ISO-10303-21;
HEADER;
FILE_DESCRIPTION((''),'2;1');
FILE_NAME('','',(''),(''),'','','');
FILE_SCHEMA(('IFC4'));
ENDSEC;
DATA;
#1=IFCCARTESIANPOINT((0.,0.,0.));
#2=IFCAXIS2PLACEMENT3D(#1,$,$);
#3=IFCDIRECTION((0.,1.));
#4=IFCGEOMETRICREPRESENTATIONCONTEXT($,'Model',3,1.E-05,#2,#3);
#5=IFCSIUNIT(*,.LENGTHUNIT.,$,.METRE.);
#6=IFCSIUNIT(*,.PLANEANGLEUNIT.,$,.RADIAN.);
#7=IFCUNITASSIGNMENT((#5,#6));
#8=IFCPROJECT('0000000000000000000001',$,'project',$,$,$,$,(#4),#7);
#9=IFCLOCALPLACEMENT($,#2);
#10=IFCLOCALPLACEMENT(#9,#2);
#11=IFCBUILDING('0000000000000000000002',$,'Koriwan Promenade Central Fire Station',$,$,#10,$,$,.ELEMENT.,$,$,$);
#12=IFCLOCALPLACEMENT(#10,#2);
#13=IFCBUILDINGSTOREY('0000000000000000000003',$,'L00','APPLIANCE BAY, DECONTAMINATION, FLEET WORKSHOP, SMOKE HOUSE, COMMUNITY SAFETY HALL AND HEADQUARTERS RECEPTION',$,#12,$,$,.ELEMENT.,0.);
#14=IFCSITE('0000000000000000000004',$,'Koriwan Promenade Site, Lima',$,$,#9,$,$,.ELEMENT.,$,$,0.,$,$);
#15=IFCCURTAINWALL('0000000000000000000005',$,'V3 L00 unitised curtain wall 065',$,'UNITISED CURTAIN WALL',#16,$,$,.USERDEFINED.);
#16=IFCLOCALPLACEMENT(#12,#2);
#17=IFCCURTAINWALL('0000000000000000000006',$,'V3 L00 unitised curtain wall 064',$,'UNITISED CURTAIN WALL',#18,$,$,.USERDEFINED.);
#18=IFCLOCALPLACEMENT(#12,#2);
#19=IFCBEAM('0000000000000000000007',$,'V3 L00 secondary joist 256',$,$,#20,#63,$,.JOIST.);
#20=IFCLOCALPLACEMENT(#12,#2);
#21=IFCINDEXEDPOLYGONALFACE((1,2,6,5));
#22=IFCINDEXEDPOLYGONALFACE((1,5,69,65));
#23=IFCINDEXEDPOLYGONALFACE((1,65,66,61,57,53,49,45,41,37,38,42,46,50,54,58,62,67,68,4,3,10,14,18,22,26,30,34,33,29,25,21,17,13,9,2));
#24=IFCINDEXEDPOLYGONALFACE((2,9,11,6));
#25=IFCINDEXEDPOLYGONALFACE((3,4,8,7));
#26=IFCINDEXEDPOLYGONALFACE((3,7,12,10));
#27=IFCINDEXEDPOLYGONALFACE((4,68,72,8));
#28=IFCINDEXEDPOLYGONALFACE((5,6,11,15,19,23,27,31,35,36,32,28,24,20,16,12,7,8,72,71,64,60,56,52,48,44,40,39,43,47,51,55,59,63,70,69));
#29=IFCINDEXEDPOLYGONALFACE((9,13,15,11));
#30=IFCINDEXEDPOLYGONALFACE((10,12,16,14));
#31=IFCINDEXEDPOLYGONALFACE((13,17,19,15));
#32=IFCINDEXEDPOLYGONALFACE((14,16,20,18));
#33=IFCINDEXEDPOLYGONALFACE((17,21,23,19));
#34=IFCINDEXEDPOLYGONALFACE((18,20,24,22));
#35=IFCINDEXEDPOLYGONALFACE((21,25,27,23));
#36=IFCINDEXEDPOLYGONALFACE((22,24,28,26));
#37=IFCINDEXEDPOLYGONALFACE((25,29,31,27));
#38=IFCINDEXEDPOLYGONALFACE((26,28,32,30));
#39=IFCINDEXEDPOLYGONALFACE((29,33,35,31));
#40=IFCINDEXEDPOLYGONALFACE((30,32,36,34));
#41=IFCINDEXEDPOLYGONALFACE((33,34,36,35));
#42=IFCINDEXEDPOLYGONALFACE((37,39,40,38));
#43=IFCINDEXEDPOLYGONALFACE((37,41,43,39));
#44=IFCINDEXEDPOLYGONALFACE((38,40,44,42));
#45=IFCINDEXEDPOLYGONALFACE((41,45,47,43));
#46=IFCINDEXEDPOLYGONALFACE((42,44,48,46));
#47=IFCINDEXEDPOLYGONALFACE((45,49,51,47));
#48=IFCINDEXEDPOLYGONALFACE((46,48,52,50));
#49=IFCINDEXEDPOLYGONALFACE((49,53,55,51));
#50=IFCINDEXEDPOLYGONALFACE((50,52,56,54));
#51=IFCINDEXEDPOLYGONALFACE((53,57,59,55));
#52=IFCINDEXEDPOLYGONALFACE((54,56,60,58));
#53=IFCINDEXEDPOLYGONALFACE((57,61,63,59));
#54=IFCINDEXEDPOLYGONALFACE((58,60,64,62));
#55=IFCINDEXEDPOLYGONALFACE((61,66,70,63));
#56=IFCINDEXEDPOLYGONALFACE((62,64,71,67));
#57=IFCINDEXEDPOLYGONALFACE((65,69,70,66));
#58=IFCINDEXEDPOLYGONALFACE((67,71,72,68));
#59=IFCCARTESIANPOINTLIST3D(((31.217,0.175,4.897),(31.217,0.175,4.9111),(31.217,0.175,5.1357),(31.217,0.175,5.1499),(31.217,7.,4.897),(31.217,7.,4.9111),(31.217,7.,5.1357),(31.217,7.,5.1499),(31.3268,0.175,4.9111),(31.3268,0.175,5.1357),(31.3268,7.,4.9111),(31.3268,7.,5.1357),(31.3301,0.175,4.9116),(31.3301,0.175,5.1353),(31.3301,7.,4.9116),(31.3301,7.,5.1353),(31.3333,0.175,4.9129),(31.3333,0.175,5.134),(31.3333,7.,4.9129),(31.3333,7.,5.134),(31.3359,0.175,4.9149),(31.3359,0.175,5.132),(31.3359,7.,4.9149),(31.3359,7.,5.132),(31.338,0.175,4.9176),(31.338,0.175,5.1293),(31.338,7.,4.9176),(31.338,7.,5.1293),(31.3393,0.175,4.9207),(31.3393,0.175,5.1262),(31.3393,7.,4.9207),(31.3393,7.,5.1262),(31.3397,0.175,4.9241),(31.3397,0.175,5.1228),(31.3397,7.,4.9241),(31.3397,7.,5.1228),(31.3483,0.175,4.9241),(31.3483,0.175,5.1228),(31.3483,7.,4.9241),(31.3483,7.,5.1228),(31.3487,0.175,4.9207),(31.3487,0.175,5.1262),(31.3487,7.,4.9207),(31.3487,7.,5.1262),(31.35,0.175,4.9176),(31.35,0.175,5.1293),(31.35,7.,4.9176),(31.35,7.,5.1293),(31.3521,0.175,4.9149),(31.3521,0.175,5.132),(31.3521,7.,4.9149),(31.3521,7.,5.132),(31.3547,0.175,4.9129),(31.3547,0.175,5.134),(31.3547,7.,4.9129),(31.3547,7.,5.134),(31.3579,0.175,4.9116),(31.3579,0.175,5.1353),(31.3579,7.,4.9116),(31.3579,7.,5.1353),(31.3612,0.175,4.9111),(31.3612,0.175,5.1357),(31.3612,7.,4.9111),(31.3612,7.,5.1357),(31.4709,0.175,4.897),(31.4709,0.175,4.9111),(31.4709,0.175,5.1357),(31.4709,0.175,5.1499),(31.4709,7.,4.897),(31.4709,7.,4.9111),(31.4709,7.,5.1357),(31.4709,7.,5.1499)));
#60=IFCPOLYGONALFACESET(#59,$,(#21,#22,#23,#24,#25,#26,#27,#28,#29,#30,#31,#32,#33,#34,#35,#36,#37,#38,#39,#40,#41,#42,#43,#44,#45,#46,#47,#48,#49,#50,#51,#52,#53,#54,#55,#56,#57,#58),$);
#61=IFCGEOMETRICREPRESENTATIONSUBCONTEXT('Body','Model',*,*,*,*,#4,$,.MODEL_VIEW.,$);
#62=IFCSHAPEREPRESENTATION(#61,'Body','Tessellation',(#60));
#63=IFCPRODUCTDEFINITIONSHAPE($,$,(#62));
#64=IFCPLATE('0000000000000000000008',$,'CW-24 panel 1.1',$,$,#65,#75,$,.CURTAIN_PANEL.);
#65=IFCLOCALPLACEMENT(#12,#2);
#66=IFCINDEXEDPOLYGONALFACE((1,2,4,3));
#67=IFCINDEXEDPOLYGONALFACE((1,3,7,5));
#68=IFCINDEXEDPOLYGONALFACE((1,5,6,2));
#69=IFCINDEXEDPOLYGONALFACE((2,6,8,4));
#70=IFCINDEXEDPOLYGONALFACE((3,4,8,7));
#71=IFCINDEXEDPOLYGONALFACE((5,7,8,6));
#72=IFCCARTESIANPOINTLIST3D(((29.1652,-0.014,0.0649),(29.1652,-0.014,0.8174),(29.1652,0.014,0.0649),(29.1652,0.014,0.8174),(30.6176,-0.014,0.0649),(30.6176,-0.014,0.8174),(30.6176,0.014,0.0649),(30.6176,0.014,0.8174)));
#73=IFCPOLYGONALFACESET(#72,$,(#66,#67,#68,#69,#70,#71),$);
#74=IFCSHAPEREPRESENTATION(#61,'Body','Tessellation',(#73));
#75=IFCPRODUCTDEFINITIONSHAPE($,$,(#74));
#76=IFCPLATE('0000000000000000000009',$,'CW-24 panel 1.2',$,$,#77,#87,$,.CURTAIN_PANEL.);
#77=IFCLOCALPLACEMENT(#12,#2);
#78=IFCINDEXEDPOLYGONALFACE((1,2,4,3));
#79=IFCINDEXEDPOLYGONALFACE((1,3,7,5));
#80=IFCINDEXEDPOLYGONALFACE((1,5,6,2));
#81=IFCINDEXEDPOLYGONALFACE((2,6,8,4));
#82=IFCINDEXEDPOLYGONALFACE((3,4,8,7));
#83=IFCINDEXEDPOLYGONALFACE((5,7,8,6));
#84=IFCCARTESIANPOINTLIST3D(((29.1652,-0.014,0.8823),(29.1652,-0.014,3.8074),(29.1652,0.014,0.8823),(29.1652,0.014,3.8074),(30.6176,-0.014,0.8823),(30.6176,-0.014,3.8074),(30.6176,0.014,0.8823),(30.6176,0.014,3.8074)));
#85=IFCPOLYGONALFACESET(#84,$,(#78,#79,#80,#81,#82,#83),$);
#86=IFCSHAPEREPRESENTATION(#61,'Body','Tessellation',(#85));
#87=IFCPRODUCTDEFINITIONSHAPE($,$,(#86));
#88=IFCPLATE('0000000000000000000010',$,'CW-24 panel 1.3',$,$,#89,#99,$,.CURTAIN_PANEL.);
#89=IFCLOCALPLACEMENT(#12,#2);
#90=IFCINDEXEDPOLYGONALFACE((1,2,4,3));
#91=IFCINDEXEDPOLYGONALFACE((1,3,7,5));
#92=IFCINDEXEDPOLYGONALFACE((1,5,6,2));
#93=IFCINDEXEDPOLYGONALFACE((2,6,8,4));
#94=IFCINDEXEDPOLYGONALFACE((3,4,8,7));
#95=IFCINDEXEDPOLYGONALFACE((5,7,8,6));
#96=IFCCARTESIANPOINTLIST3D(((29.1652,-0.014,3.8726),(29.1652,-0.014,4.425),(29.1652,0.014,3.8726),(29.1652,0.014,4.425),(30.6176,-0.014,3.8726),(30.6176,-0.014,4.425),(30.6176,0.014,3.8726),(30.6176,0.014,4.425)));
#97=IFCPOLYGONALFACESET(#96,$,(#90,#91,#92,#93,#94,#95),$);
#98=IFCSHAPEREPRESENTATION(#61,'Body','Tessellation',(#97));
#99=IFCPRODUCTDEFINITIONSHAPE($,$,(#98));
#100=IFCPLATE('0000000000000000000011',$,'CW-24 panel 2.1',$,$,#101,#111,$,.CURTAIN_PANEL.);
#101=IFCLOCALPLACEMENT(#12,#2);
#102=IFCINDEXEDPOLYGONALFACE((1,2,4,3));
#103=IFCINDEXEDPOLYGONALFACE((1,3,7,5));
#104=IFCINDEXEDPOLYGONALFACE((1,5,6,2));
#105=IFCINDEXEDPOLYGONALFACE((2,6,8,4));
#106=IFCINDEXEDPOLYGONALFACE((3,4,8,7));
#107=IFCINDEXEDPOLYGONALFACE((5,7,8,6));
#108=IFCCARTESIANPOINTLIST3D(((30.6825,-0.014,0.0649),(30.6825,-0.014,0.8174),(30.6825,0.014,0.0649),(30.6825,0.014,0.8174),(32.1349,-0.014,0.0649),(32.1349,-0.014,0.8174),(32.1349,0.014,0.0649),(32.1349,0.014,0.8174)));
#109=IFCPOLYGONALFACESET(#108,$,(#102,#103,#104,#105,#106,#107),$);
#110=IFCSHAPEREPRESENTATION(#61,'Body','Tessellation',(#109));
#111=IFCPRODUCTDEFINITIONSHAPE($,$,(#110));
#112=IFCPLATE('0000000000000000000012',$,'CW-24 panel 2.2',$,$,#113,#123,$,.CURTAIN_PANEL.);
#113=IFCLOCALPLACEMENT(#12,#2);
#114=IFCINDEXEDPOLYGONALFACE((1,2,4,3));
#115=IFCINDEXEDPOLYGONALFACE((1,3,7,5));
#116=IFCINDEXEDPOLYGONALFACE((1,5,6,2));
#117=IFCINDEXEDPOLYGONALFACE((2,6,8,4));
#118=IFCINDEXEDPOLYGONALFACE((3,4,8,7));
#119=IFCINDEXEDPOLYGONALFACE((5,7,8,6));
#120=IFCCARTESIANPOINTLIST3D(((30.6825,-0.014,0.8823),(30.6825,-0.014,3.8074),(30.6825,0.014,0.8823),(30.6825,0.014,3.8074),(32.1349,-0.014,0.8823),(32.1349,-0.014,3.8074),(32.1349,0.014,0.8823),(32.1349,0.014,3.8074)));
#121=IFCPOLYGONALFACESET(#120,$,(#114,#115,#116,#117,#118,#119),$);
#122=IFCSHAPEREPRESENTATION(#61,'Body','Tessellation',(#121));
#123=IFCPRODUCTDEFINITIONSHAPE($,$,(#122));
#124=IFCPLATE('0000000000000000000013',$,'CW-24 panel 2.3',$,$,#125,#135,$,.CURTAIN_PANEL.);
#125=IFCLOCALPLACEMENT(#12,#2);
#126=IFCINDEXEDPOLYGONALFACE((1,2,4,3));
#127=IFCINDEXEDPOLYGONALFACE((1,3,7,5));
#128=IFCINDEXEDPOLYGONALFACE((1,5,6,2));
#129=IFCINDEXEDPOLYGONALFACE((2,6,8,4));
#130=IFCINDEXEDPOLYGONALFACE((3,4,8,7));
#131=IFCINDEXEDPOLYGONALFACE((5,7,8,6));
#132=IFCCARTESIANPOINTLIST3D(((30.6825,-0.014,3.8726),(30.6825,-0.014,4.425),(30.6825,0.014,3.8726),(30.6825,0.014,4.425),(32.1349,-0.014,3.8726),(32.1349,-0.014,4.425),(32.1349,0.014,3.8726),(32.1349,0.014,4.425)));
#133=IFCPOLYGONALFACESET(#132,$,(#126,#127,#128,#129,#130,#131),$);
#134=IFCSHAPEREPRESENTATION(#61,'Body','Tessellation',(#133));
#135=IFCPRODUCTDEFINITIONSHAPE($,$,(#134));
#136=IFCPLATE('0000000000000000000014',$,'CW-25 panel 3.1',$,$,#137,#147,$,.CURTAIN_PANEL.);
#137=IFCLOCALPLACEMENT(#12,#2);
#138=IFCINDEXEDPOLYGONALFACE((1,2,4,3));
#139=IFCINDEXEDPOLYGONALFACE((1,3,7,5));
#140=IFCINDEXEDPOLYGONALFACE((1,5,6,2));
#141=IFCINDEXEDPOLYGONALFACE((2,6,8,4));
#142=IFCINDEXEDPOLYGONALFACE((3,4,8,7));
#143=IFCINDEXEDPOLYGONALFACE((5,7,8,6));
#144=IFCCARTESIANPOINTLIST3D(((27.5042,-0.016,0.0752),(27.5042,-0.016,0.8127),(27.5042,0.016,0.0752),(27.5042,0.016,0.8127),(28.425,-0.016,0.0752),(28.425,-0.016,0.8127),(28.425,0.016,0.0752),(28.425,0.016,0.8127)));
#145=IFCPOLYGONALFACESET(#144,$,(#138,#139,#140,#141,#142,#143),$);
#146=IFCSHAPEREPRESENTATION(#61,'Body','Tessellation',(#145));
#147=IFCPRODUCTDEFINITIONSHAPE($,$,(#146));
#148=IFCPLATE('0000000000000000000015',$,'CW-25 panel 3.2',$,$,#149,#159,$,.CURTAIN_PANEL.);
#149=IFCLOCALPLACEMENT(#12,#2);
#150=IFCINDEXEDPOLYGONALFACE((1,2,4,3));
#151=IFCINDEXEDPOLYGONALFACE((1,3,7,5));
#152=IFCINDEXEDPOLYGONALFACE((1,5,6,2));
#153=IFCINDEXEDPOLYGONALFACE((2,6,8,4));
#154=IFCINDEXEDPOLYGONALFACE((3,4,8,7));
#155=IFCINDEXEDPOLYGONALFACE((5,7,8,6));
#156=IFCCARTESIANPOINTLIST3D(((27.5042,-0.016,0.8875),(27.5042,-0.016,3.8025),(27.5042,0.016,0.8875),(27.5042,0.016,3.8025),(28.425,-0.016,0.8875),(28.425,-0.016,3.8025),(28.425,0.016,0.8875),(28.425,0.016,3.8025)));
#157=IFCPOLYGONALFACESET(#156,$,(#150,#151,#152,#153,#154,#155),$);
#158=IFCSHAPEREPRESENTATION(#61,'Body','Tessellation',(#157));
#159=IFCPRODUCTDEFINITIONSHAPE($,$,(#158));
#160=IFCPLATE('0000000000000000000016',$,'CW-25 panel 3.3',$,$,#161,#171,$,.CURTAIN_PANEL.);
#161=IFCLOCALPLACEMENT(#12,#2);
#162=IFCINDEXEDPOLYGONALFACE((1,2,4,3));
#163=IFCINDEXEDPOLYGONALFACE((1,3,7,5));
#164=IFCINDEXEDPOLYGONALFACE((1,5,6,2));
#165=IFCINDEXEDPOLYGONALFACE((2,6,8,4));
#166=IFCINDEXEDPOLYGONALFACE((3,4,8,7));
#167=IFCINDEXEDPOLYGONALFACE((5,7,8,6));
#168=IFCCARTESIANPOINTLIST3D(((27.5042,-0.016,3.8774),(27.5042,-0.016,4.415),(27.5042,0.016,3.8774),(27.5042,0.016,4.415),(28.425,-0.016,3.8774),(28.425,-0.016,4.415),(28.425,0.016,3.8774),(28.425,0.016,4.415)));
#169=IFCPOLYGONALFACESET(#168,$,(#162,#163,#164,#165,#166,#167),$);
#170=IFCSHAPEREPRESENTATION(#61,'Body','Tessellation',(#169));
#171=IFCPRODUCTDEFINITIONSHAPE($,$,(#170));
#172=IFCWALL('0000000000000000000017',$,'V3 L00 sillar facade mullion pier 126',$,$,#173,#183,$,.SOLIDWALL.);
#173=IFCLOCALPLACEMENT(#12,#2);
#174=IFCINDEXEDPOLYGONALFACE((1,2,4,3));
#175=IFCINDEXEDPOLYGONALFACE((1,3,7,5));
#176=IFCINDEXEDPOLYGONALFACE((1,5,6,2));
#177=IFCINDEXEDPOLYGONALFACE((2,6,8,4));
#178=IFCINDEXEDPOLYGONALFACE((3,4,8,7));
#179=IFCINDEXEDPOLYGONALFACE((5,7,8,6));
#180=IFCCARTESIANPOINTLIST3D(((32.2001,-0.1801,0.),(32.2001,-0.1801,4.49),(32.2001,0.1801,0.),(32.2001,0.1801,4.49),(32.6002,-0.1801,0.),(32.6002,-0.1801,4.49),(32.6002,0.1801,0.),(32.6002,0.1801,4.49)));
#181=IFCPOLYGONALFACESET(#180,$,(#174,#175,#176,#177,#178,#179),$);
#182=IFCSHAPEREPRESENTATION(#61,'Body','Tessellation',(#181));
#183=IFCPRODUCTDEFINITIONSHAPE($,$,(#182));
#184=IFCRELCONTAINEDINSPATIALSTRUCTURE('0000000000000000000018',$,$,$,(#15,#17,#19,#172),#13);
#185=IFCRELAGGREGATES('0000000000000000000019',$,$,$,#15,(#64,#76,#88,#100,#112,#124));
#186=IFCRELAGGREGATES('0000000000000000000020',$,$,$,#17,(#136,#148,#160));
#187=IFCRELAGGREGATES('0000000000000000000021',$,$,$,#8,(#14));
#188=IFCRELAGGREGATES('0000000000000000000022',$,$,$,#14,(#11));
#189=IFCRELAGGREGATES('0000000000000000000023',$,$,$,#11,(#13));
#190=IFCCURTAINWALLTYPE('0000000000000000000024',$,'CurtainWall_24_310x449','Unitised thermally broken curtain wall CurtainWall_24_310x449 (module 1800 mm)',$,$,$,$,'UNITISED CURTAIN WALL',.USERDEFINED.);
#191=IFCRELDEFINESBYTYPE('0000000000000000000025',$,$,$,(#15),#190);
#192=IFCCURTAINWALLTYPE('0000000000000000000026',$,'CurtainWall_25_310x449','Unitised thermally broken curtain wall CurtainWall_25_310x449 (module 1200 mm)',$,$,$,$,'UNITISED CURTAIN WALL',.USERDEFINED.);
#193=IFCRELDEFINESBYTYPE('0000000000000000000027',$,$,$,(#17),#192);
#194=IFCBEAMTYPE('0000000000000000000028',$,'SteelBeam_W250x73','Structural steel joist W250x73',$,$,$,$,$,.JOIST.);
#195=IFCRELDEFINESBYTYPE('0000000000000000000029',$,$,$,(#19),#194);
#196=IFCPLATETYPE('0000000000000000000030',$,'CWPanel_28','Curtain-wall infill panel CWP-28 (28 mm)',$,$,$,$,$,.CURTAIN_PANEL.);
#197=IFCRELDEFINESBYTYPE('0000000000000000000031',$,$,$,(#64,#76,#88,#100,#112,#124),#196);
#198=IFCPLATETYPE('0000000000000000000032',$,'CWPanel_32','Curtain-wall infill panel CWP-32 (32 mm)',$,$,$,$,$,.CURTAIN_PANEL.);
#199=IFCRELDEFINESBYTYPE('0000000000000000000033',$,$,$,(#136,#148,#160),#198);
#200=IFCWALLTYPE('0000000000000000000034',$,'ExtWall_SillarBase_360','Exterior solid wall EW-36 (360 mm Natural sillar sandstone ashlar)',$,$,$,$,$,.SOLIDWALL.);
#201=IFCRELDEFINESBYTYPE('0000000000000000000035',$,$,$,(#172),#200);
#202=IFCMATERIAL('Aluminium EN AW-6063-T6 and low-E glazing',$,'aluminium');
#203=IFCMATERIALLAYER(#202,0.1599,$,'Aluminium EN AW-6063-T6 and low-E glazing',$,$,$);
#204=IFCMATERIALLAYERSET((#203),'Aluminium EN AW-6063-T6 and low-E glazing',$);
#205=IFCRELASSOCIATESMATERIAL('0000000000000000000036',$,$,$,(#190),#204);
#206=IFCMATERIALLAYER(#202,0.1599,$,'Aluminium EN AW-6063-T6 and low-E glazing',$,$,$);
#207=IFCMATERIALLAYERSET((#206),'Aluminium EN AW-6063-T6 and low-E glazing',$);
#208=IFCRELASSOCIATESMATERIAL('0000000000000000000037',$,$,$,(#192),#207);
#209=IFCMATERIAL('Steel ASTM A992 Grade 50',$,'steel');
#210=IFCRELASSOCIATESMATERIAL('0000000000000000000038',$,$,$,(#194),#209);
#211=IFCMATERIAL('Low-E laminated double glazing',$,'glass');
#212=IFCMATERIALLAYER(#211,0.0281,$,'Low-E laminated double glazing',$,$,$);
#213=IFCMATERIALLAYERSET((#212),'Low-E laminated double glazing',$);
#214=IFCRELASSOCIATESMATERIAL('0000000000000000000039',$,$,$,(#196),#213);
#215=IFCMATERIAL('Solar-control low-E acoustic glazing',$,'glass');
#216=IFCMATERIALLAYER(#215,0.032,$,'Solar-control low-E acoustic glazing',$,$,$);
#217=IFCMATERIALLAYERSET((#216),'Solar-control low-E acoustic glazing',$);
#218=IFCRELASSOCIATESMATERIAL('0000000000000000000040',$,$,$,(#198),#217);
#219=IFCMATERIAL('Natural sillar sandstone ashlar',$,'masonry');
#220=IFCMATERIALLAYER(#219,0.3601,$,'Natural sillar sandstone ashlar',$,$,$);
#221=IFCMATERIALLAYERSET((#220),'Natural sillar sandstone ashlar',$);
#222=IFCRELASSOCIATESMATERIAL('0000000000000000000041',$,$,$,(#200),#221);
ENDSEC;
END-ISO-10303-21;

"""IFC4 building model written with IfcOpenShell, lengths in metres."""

from ifc_helpers import new_model, si_unit, direction, frame, frame_2d, origin, origin_2d, place, context, subcontext, project, spatial, rectangle, i_section, extrude, material, layer, layer_set, material_profile, profile_set, type_object, element, aggregate, save


model = new_model("IFC4")

# Units and contexts
model_context = context("Model", 3, precision=1e-05, world=origin(), true_north=direction((0.0, 1.0)))
body_context = subcontext(model_context, "Body", "Model", "MODEL_VIEW")
ifc_project = project(units=[si_unit("LENGTHUNIT", "METRE"), si_unit("PLANEANGLEUNIT", "RADIAN")], contexts=[model_context])

# Site, building, storey
site_placement = place(None, origin())
site = spatial("IfcSite", under=ifc_project, at=site_placement, Name="Koriwan Promenade Site, Lima", CompositionType="ELEMENT", RefElevation=0.0)
building_placement = place(site_placement, origin())
building = spatial("IfcBuilding", under=site, at=building_placement, Name="Koriwan Promenade Central Fire Station", CompositionType="ELEMENT")
storey_placement = place(building_placement, origin())
storey = spatial("IfcBuildingStorey", under=building, at=storey_placement, Name="L00", Description="APPLIANCE BAY, DECONTAMINATION, FLEET WORKSHOP, SMOKE HOUSE, COMMUNITY SAFETY HALL AND HEADQUARTERS RECEPTION", CompositionType="ELEMENT", Elevation=0.0)

# Curtain wall
ifc_material_1 = material(Name="Aluminium EN AW-6063-T6 and low-E glazing", Category="aluminium")
ifc_layer_1 = layer(ifc_material_1, 0.1599, Name="Aluminium EN AW-6063-T6 and low-E glazing")
ifc_layer_set_1 = layer_set([ifc_layer_1], Name="Aluminium EN AW-6063-T6 and low-E glazing")
curtain_wall_type_1 = type_object("IfcCurtainWallType", Name="CurtainWall_24_310x449", Description="Unitised thermally broken curtain wall CurtainWall_24_310x449 (module 1800 mm)", ElementType="UNITISED CURTAIN WALL", PredefinedType="USERDEFINED", material=ifc_layer_set_1)
curtain_wall_1_placement = place(storey_placement, origin())
curtain_wall_1 = element("IfcCurtainWall", 1, at=curtain_wall_1_placement, inside=storey, type_object=curtain_wall_type_1, Name="V3 L00 unitised curtain wall 065", ObjectType="UNITISED CURTAIN WALL", PredefinedType="USERDEFINED")

# Curtain wall
ifc_layer_2 = layer(ifc_material_1, 0.1599, Name="Aluminium EN AW-6063-T6 and low-E glazing")
ifc_layer_set_2 = layer_set([ifc_layer_2], Name="Aluminium EN AW-6063-T6 and low-E glazing")
curtain_wall_type_2 = type_object("IfcCurtainWallType", Name="CurtainWall_25_310x449", Description="Unitised thermally broken curtain wall CurtainWall_25_310x449 (module 1200 mm)", ElementType="UNITISED CURTAIN WALL", PredefinedType="USERDEFINED", material=ifc_layer_set_2)
curtain_wall_2_placement = place(storey_placement, origin())
curtain_wall_2 = element("IfcCurtainWall", 2, at=curtain_wall_2_placement, inside=storey, type_object=curtain_wall_type_2, Name="V3 L00 unitised curtain wall 064", ObjectType="UNITISED CURTAIN WALL", PredefinedType="USERDEFINED")

# Beam
ifc_material_2 = material(Name="Steel ASTM A992 Grade 50", Category="steel")
ifc_material_profile_1 = material_profile(ifc_material_2, i_section(OverallWidth=0.2539, OverallDepth=0.2529, WebThickness=0.0085, FlangeThickness=0.0142, FilletRadius=0.0129, at=origin_2d()), Name="W250x73")
ifc_profile_set_1 = profile_set([ifc_material_profile_1], Name="Steel ASTM A992 Grade 50")
beam_type_1 = type_object("IfcBeamType", Name="SteelBeam_W250x73", Description="Structural steel joist W250x73", PredefinedType="JOIST", material=ifc_profile_set_1)
beam_1_placement = place(storey_placement, frame((31.344, 0.175, 5.0234), z_axis=(0.0, 1.0, 0.0), x_axis=(-1.0, 0.0, 0.0)))
element("IfcBeam", 3, at=beam_1_placement, inside=storey, type_object=beam_type_1, Name="V3 L00 secondary joist 256", PredefinedType="JOIST", context=body_context, shape_type="SweptSolid", body=[
    extrude(i_section(OverallWidth=0.2539, OverallDepth=0.2529, WebThickness=0.0085, FlangeThickness=0.0142, FilletRadius=0.0129, at=origin_2d()), origin(), (0.0, 0.0, 1.0), 6.825),
])

# Plates
ifc_material_3 = material(Name="Low-E laminated double glazing", Category="glass")
ifc_layer_3 = layer(ifc_material_3, 0.0281, Name="Low-E laminated double glazing")
ifc_layer_set_3 = layer_set([ifc_layer_3], Name="Low-E laminated double glazing")
plate_type_1 = type_object("IfcPlateType", Name="CWPanel_28", Description="Curtain-wall infill panel CWP-28 (28 mm)", PredefinedType="CURTAIN_PANEL", material=ifc_layer_set_3)
plate_1_placement = place(storey_placement, frame((29.8914, 0.0, 0.0649), z_axis=(0.0, 0.0, 1.0), x_axis=(1.0, 0.0, 0.0)))
plate_1 = element("IfcPlate", 4, at=plate_1_placement, type_object=plate_type_1, Name="CW-24 panel 1.1", PredefinedType="CURTAIN_PANEL", context=body_context, shape_type="SweptSolid", body=[
    extrude(rectangle(XDim=1.4524, YDim=0.0281, at=origin_2d()), origin(), (0.0, 0.0, 1.0), 0.7524),
])
plate_2_placement = place(storey_placement, frame((29.8914, 0.0, 0.8823), z_axis=(0.0, 0.0, 1.0), x_axis=(1.0, 0.0, 0.0)))
plate_2 = element("IfcPlate", 5, at=plate_2_placement, type_object=plate_type_1, Name="CW-24 panel 1.2", PredefinedType="CURTAIN_PANEL", context=body_context, shape_type="SweptSolid", body=[
    extrude(rectangle(XDim=1.4524, YDim=0.0281, at=origin_2d()), origin(), (0.0, 0.0, 1.0), 2.925),
])
plate_3_placement = place(storey_placement, frame((29.8914, 0.0, 3.8726), z_axis=(0.0, 0.0, 1.0), x_axis=(1.0, 0.0, 0.0)))
plate_3 = element("IfcPlate", 6, at=plate_3_placement, type_object=plate_type_1, Name="CW-24 panel 1.3", PredefinedType="CURTAIN_PANEL", context=body_context, shape_type="SweptSolid", body=[
    extrude(rectangle(XDim=1.4524, YDim=0.0281, at=origin_2d()), origin(), (0.0, 0.0, 1.0), 0.5525),
])
plate_4_placement = place(storey_placement, frame((31.4087, 0.0, 0.0649), z_axis=(0.0, 0.0, 1.0), x_axis=(1.0, 0.0, 0.0)))
plate_4 = element("IfcPlate", 7, at=plate_4_placement, type_object=plate_type_1, Name="CW-24 panel 2.1", PredefinedType="CURTAIN_PANEL", context=body_context, shape_type="SweptSolid", body=[
    extrude(rectangle(XDim=1.4524, YDim=0.0281, at=origin_2d()), origin(), (0.0, 0.0, 1.0), 0.7524),
])
plate_5_placement = place(storey_placement, frame((31.4087, 0.0, 0.8823), z_axis=(0.0, 0.0, 1.0), x_axis=(1.0, 0.0, 0.0)))
plate_5 = element("IfcPlate", 8, at=plate_5_placement, type_object=plate_type_1, Name="CW-24 panel 2.2", PredefinedType="CURTAIN_PANEL", context=body_context, shape_type="SweptSolid", body=[
    extrude(rectangle(XDim=1.4524, YDim=0.0281, at=origin_2d()), origin(), (0.0, 0.0, 1.0), 2.925),
])
plate_6_placement = place(storey_placement, frame((31.4087, 0.0, 3.8726), z_axis=(0.0, 0.0, 1.0), x_axis=(1.0, 0.0, 0.0)))
plate_6 = element("IfcPlate", 9, at=plate_6_placement, type_object=plate_type_1, Name="CW-24 panel 2.3", PredefinedType="CURTAIN_PANEL", context=body_context, shape_type="SweptSolid", body=[
    extrude(rectangle(XDim=1.4524, YDim=0.0281, at=origin_2d()), origin(), (0.0, 0.0, 1.0), 0.5525),
])
aggregate(curtain_wall_1, [plate_1, plate_2, plate_3, plate_4, plate_5, plate_6])
ifc_material_4 = material(Name="Solar-control low-E acoustic glazing", Category="glass")
ifc_layer_4 = layer(ifc_material_4, 0.032, Name="Solar-control low-E acoustic glazing")
ifc_layer_set_4 = layer_set([ifc_layer_4], Name="Solar-control low-E acoustic glazing")
plate_type_2 = type_object("IfcPlateType", Name="CWPanel_32", Description="Curtain-wall infill panel CWP-32 (32 mm)", PredefinedType="CURTAIN_PANEL", material=ifc_layer_set_4)
plate_7_placement = place(storey_placement, frame((27.9646, 0.0, 0.0752), z_axis=(0.0, 0.0, 1.0), x_axis=(1.0, 0.0, 0.0)))
plate_7 = element("IfcPlate", 10, at=plate_7_placement, type_object=plate_type_2, Name="CW-25 panel 3.1", PredefinedType="CURTAIN_PANEL", context=body_context, shape_type="SweptSolid", body=[
    extrude(rectangle(XDim=0.9209, YDim=0.032, at=origin_2d()), origin(), (0.0, 0.0, 1.0), 0.7375),
])
plate_8_placement = place(storey_placement, frame((27.9646, 0.0, 0.8875), z_axis=(0.0, 0.0, 1.0), x_axis=(1.0, 0.0, 0.0)))
plate_8 = element("IfcPlate", 11, at=plate_8_placement, type_object=plate_type_2, Name="CW-25 panel 3.2", PredefinedType="CURTAIN_PANEL", context=body_context, shape_type="SweptSolid", body=[
    extrude(rectangle(XDim=0.9209, YDim=0.032, at=origin_2d()), origin(), (0.0, 0.0, 1.0), 2.915),
])
plate_9_placement = place(storey_placement, frame((27.9646, 0.0, 3.8774), z_axis=(0.0, 0.0, 1.0), x_axis=(1.0, 0.0, 0.0)))
plate_9 = element("IfcPlate", 12, at=plate_9_placement, type_object=plate_type_2, Name="CW-25 panel 3.3", PredefinedType="CURTAIN_PANEL", context=body_context, shape_type="SweptSolid", body=[
    extrude(rectangle(XDim=0.9209, YDim=0.032, at=origin_2d()), origin(), (0.0, 0.0, 1.0), 0.5376),
])
aggregate(curtain_wall_2, [plate_7, plate_8, plate_9])

# Wall
ifc_material_5 = material(Name="Natural sillar sandstone ashlar", Category="masonry")
ifc_layer_5 = layer(ifc_material_5, 0.3601, Name="Natural sillar sandstone ashlar")
ifc_layer_set_5 = layer_set([ifc_layer_5], Name="Natural sillar sandstone ashlar")
wall_type_1 = type_object("IfcWallType", Name="ExtWall_SillarBase_360", Description="Exterior solid wall EW-36 (360 mm Natural sillar sandstone ashlar)", PredefinedType="SOLIDWALL", material=ifc_layer_set_5)
wall_1_placement = place(storey_placement, frame((32.2, 0.0, 0.0), z_axis=(0.0, 0.0, 1.0), x_axis=(1.0, 0.0, 0.0)))
element("IfcWall", 13, at=wall_1_placement, inside=storey, type_object=wall_type_1, Name="V3 L00 sillar facade mullion pier 126", PredefinedType="SOLIDWALL", context=body_context, shape_type="SweptSolid", body=[
    extrude(rectangle(XDim=0.4001, YDim=0.3601, at=frame_2d((0.2002, 0.0))), origin(), (0.0, 0.0, 1.0), 4.49),
])

save(model, "model.ifc")
